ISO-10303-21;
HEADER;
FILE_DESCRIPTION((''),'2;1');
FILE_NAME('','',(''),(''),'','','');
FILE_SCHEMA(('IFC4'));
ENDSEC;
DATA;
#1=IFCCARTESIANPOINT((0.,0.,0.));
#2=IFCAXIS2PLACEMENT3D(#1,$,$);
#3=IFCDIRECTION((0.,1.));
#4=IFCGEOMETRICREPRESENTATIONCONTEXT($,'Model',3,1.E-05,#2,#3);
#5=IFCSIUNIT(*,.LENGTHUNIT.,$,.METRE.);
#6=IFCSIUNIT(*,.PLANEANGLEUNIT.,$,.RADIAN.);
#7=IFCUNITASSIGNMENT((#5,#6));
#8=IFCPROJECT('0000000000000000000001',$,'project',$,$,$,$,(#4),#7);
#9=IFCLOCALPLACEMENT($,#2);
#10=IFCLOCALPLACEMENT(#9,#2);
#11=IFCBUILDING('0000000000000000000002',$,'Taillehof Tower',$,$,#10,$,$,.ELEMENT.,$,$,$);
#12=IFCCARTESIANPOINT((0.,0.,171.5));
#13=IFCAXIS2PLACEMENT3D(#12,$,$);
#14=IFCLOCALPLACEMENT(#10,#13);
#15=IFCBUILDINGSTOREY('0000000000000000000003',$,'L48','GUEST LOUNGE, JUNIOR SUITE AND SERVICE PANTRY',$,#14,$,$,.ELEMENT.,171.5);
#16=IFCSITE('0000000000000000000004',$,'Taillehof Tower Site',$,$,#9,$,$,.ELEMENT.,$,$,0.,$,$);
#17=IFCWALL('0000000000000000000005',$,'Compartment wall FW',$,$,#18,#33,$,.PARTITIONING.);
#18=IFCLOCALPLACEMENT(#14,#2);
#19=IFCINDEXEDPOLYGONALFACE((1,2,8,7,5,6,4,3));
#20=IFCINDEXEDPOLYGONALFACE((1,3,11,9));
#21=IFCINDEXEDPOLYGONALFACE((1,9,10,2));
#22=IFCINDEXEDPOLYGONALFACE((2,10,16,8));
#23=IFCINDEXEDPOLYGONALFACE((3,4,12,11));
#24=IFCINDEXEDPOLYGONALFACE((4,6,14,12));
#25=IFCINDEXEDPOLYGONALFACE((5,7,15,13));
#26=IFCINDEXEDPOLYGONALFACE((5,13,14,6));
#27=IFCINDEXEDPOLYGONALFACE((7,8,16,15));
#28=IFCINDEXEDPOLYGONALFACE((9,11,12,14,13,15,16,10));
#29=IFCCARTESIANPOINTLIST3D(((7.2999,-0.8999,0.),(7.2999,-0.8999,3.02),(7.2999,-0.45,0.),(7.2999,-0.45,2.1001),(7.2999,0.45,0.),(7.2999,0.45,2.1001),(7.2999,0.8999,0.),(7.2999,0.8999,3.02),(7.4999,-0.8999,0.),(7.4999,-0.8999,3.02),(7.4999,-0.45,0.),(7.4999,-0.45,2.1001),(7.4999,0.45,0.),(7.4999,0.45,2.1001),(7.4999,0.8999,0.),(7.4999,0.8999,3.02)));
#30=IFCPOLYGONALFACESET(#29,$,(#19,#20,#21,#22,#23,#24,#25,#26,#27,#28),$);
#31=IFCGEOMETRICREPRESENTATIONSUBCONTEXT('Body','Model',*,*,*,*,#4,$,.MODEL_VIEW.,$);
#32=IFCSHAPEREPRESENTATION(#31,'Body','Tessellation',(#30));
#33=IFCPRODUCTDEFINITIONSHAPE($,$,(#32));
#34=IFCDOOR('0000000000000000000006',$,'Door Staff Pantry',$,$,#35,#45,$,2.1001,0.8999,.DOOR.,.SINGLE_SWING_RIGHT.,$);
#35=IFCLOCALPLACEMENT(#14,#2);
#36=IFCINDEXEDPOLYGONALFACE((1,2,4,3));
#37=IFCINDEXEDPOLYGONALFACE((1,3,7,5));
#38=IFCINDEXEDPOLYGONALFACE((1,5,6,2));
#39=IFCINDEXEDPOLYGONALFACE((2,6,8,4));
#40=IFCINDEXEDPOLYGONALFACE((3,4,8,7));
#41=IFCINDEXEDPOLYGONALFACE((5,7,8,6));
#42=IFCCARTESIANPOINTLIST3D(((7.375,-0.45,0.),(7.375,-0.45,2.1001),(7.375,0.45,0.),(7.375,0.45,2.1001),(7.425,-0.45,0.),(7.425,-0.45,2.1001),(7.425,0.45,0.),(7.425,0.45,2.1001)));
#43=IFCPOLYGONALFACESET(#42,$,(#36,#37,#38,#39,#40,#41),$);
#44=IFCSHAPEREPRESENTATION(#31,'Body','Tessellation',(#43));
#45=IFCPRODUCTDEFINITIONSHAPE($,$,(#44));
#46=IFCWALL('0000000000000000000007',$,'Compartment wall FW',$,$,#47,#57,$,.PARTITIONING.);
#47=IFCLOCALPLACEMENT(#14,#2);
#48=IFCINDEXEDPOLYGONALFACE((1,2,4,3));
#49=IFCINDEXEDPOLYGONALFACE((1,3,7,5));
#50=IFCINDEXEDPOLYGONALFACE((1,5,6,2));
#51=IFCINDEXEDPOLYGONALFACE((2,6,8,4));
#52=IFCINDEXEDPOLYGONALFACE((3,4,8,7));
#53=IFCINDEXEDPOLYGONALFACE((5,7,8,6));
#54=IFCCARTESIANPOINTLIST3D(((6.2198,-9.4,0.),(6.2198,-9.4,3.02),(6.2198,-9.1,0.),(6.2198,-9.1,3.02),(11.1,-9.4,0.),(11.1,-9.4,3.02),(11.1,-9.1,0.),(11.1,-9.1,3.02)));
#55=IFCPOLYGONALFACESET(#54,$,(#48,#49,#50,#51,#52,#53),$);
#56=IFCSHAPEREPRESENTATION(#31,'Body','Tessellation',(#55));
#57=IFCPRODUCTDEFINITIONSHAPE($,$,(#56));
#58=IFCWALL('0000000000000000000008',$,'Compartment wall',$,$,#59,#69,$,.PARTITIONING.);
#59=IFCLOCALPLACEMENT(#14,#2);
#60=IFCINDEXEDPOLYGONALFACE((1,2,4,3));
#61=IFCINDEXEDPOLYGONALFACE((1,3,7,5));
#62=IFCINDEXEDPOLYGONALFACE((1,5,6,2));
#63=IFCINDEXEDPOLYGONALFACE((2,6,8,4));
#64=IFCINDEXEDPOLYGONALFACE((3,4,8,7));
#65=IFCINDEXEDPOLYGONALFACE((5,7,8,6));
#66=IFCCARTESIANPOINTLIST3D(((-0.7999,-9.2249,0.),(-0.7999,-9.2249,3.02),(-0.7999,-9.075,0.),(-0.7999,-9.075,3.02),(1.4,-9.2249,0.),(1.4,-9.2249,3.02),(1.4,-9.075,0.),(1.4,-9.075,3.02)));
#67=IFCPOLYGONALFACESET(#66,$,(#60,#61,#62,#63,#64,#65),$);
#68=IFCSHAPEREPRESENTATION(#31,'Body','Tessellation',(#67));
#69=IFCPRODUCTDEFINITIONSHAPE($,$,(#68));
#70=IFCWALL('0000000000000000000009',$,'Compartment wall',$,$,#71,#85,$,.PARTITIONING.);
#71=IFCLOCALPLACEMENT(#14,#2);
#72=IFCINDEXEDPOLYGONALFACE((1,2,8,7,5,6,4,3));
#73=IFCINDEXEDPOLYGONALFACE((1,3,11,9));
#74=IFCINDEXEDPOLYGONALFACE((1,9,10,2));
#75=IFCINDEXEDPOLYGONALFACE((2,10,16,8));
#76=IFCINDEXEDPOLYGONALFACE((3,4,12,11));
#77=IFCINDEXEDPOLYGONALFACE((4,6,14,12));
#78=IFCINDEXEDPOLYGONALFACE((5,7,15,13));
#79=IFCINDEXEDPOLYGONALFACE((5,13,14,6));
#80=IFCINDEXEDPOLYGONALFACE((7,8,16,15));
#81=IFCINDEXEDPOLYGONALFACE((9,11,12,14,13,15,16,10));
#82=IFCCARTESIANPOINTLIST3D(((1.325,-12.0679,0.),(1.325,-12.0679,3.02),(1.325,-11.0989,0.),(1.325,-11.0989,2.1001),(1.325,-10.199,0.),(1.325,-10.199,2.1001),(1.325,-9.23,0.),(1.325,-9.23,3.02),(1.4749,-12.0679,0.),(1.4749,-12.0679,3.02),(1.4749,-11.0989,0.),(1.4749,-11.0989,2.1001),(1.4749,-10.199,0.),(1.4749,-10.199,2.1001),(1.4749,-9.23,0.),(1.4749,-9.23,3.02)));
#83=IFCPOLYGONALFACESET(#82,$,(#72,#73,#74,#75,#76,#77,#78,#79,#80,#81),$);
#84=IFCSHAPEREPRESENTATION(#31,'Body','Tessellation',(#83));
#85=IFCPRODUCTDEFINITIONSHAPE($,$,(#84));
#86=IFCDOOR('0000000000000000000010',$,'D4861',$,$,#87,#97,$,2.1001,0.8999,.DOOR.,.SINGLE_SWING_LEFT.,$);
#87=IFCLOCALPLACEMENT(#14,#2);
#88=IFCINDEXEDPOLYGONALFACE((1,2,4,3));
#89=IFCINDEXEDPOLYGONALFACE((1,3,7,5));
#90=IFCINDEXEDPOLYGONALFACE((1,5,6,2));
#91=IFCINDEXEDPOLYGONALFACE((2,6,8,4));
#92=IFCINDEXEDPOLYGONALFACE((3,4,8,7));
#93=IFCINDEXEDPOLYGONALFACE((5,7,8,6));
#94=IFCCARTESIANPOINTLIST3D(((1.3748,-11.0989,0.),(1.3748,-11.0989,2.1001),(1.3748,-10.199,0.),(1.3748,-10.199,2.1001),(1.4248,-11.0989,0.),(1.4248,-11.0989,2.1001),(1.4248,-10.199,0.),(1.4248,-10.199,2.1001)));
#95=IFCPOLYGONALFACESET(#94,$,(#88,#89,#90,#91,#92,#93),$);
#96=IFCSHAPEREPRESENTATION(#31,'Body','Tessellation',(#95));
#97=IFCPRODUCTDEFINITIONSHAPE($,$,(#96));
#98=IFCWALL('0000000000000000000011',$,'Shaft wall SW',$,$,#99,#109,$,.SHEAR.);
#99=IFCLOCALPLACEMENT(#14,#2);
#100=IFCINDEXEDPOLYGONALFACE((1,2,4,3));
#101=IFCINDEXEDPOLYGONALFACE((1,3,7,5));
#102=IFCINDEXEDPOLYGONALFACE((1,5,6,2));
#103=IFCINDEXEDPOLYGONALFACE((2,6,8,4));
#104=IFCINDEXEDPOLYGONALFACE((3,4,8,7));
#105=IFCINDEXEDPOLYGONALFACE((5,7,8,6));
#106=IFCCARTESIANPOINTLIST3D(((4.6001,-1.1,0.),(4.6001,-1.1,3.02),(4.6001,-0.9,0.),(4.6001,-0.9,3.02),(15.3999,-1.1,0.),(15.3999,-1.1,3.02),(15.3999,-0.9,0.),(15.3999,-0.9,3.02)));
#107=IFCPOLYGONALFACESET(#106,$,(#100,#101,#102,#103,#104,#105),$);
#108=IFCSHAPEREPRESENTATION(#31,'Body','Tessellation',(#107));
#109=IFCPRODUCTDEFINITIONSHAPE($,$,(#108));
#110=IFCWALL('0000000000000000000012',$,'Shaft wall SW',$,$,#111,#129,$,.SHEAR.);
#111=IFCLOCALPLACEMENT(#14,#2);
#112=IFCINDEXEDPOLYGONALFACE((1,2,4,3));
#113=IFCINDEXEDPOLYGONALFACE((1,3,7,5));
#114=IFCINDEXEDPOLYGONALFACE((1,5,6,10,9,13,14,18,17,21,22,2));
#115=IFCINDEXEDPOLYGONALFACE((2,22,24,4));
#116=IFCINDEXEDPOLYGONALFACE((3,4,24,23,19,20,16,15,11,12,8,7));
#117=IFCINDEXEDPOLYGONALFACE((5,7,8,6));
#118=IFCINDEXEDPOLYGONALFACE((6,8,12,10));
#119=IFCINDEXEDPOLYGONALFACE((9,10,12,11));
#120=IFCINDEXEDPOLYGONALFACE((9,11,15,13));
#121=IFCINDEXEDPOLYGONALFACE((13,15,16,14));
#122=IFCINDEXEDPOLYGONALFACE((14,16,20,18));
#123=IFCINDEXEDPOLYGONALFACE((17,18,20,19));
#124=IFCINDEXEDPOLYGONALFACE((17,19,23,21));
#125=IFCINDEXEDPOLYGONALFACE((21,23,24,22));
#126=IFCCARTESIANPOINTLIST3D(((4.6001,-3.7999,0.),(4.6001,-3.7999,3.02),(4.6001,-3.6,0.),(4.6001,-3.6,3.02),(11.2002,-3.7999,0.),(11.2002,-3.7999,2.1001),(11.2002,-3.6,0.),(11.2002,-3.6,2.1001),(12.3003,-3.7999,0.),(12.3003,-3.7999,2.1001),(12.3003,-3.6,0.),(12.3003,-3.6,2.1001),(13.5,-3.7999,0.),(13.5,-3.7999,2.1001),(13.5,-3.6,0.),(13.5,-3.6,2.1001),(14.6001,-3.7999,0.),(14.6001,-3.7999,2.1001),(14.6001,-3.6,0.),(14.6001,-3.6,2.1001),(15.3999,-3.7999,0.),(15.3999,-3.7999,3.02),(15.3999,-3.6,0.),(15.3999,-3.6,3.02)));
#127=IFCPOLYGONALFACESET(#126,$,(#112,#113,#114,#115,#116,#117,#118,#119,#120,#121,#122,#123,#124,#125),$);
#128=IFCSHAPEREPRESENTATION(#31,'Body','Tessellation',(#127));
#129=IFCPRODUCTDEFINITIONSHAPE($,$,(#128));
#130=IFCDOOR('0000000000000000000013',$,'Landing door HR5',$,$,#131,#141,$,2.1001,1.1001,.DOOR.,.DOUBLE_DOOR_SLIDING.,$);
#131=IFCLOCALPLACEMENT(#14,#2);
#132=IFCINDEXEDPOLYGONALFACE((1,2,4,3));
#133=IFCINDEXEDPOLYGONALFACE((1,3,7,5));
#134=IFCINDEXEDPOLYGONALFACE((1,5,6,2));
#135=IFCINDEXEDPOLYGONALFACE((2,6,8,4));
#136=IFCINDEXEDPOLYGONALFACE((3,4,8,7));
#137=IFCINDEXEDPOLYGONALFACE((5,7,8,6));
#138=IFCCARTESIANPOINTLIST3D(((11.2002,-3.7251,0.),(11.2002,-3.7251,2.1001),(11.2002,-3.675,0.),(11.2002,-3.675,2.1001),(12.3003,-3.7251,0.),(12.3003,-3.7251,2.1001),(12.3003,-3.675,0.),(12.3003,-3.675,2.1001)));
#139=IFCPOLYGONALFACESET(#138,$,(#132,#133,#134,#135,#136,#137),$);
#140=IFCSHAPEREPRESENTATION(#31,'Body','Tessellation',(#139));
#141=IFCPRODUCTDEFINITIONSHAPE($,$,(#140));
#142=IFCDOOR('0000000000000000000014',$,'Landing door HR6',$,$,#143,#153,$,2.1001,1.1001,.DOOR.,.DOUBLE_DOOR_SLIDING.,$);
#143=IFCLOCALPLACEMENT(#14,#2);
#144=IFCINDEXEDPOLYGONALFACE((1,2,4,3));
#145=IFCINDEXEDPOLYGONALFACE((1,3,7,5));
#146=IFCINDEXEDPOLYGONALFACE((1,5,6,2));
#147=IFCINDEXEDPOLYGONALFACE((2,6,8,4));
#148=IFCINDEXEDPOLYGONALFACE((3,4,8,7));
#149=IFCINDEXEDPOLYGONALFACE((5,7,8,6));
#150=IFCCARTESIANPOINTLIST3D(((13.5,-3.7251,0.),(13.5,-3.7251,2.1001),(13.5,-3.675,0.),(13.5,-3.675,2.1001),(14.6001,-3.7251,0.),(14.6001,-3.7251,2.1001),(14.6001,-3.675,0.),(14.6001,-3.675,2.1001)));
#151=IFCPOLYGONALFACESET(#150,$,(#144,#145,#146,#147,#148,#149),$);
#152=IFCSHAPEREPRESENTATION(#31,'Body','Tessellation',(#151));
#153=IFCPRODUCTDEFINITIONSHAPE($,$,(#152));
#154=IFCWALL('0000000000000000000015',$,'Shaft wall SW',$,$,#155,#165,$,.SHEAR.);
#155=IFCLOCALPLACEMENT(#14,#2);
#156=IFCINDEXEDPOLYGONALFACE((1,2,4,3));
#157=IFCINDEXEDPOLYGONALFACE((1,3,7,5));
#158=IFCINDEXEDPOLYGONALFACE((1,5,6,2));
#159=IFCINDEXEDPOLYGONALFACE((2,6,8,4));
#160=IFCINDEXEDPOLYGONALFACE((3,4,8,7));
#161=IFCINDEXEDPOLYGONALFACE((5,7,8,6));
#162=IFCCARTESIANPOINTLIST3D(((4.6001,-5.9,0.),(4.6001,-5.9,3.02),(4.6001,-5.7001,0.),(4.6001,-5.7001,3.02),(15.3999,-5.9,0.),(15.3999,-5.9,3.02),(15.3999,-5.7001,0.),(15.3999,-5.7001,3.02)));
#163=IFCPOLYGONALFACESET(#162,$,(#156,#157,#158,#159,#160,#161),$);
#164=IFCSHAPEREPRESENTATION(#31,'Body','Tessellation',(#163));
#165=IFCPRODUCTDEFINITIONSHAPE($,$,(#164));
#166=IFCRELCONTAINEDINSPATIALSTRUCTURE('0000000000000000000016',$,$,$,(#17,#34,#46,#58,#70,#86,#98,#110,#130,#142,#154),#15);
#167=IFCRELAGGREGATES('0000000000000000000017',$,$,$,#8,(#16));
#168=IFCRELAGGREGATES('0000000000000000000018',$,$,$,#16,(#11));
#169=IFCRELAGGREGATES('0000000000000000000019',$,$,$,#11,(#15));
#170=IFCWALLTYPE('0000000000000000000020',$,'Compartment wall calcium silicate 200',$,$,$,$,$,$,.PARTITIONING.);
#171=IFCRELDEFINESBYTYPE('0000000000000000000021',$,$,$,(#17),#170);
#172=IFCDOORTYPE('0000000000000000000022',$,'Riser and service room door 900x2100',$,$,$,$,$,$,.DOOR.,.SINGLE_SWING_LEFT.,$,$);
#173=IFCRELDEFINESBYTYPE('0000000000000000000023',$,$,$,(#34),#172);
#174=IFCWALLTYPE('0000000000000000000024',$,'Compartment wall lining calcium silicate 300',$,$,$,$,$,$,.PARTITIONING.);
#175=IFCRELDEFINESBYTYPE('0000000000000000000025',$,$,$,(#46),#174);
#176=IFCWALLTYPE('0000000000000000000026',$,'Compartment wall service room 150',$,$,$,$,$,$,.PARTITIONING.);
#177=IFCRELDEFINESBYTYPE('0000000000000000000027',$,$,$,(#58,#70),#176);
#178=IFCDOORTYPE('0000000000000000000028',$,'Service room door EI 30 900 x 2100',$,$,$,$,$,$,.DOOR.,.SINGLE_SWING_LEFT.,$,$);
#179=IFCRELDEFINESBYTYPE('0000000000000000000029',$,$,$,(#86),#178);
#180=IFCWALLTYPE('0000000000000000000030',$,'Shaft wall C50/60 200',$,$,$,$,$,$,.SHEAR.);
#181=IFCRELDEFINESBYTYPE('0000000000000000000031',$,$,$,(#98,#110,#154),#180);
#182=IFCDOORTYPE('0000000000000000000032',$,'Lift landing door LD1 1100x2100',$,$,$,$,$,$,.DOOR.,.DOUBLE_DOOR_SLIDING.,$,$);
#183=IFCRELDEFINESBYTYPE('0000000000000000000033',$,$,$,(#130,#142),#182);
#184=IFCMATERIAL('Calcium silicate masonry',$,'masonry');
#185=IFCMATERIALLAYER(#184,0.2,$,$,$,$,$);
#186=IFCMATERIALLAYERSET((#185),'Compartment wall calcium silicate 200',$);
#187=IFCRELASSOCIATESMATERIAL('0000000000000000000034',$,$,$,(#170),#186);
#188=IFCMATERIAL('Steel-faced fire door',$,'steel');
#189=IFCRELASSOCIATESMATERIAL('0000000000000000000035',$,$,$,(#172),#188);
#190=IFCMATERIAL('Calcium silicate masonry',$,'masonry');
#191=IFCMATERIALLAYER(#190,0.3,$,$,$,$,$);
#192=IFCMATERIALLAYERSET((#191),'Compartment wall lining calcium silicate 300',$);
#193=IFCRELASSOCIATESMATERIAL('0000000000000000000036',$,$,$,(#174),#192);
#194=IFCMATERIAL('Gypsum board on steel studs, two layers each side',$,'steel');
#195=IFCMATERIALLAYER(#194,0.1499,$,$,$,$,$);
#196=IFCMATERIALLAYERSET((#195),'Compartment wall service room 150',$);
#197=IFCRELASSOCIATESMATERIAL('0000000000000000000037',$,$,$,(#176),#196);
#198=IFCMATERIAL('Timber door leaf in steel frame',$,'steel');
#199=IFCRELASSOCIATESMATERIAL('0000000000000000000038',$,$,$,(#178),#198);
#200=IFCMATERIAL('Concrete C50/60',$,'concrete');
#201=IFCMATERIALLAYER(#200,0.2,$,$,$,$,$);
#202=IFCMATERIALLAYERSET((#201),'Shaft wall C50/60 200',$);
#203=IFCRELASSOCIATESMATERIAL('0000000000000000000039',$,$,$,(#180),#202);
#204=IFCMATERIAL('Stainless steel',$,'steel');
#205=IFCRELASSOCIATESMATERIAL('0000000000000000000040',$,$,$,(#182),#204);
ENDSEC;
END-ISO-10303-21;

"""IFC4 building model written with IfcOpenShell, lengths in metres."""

from ifc_helpers import new_model, si_unit, direction, frame, frame_2d, origin, place, context, subcontext, project, spatial, rectangle, extrude, material, layer, layer_set, type_object, element, fill, save


model = new_model("IFC4")

# Units and contexts
model_context = context("Model", 3, precision=1e-05, world=origin(), true_north=direction((0.0, 1.0)))
body_context = subcontext(model_context, "Body", "Model", "MODEL_VIEW")
ifc_project = project(units=[si_unit("LENGTHUNIT", "METRE"), si_unit("PLANEANGLEUNIT", "RADIAN")], contexts=[model_context])

# Site, building, storey
site_placement = place(None, origin())
site = spatial("IfcSite", under=ifc_project, at=site_placement, Name="Taillehof Tower Site", CompositionType="ELEMENT", RefElevation=0.0)
building_placement = place(site_placement, origin())
building = spatial("IfcBuilding", under=site, at=building_placement, Name="Taillehof Tower", CompositionType="ELEMENT")
storey_placement = place(building_placement, frame((0.0, 0.0, 171.5)))
storey = spatial("IfcBuildingStorey", under=building, at=storey_placement, Name="L48", Description="GUEST LOUNGE, JUNIOR SUITE AND SERVICE PANTRY", CompositionType="ELEMENT", Elevation=171.5)

# Wall, opening, door
ifc_material_1 = material(Name="Calcium silicate masonry", Category="masonry")
ifc_layer_1 = layer(ifc_material_1, 0.2)
ifc_layer_set_1 = layer_set([ifc_layer_1], Name="Compartment wall calcium silicate 200")
wall_type_1 = type_object("IfcWallType", Name="Compartment wall calcium silicate 200", PredefinedType="PARTITIONING", material=ifc_layer_set_1)
wall_1_placement = place(storey_placement, frame((7.3999, -0.8999, 0.0), z_axis=(0.0, 0.0, 1.0), x_axis=(0.0, 1.0, 0.0)))
wall_1 = element("IfcWall", 1, at=wall_1_placement, inside=storey, type_object=wall_type_1, Name="Compartment wall FW", PredefinedType="PARTITIONING", context=body_context, shape_type="SweptSolid", body=[
    extrude(rectangle(XDim=1.7998, YDim=0.2, at=frame_2d((0.8999, 0.0))), origin(), (0.0, 0.0, 1.0), 3.02),
])
opening_1_placement = place(wall_1_placement, frame((0.45, 0.0, 0.0)))
opening_1 = element("IfcOpeningElement", 2, at=opening_1_placement, cuts=wall_1, PredefinedType="OPENING", context=body_context, shape_type="SweptSolid", body=[
    extrude(rectangle(XDim=0.8999, YDim=2.1001, at=frame_2d((0.45, 1.05))), frame((0.0, 0.1099, 0.0), z_axis=(0.0, -1.0, 0.0), x_axis=(1.0, 0.0, 0.0)), (0.0, 0.0, 1.0), 0.22),
])
ifc_material_2 = material(Name="Steel-faced fire door", Category="steel")
door_type_1 = type_object("IfcDoorType", Name="Riser and service room door 900x2100", OperationType="SINGLE_SWING_LEFT", PredefinedType="DOOR", material=ifc_material_2)
door_1_placement = place(opening_1_placement, origin())
door_1 = element("IfcDoor", 3, at=door_1_placement, inside=storey, type_object=door_type_1, Name="Door Staff Pantry", OperationType="SINGLE_SWING_RIGHT", OverallHeight=2.1001, OverallWidth=0.8999, PredefinedType="DOOR", context=body_context, shape_type="SweptSolid", body=[
    extrude(rectangle(XDim=0.8999, YDim=2.1001, at=frame_2d((0.45, 1.05))), frame((0.0, 0.0249, 0.0), z_axis=(0.0, -1.0, 0.0), x_axis=(1.0, 0.0, 0.0)), (0.0, 0.0, 1.0), 0.05),
])
fill(opening_1, door_1)

# Walls
ifc_material_3 = material(Name="Calcium silicate masonry", Category="masonry")
ifc_layer_2 = layer(ifc_material_3, 0.3)
ifc_layer_set_2 = layer_set([ifc_layer_2], Name="Compartment wall lining calcium silicate 300")
wall_type_2 = type_object("IfcWallType", Name="Compartment wall lining calcium silicate 300", PredefinedType="PARTITIONING", material=ifc_layer_set_2)
wall_2_placement = place(storey_placement, frame((6.22, -9.25, 0.0), z_axis=(0.0, 0.0, 1.0), x_axis=(1.0, 0.0, 0.0)))
element("IfcWall", 4, at=wall_2_placement, inside=storey, type_object=wall_type_2, Name="Compartment wall FW", PredefinedType="PARTITIONING", context=body_context, shape_type="SweptSolid", body=[
    extrude(rectangle(XDim=4.8801, YDim=0.3, at=frame_2d((2.4399, 0.0))), origin(), (0.0, 0.0, 1.0), 3.02),
])
ifc_material_4 = material(Name="Gypsum board on steel studs, two layers each side", Category="steel")
ifc_layer_3 = layer(ifc_material_4, 0.1499)
ifc_layer_set_3 = layer_set([ifc_layer_3], Name="Compartment wall service room 150")
wall_type_3 = type_object("IfcWallType", Name="Compartment wall service room 150", PredefinedType="PARTITIONING", material=ifc_layer_set_3)
wall_3_placement = place(storey_placement, frame((-0.8, -9.1499, 0.0), z_axis=(0.0, 0.0, 1.0), x_axis=(1.0, 0.0, 0.0)))
element("IfcWall", 5, at=wall_3_placement, inside=storey, type_object=wall_type_3, Name="Compartment wall", PredefinedType="PARTITIONING", context=body_context, shape_type="SweptSolid", body=[
    extrude(rectangle(XDim=2.2, YDim=0.1499, at=frame_2d((1.1001, 0.0))), origin(), (0.0, 0.0, 1.0), 3.02),
])

# Wall, opening, door
wall_4_placement = place(storey_placement, frame((1.3999, -9.23, 0.0), z_axis=(0.0, 0.0, 1.0), x_axis=(0.0, -1.0, 0.0)))
wall_4 = element("IfcWall", 6, at=wall_4_placement, inside=storey, type_object=wall_type_3, Name="Compartment wall", PredefinedType="PARTITIONING", context=body_context, shape_type="SweptSolid", body=[
    extrude(rectangle(XDim=2.8379, YDim=0.1499, at=frame_2d((1.4189, 0.0))), origin(), (0.0, 0.0, 1.0), 3.02),
])
opening_2_placement = place(wall_4_placement, frame((0.969, 0.0, 0.0)))
opening_2 = element("IfcOpeningElement", 7, at=opening_2_placement, cuts=wall_4, PredefinedType="OPENING", context=body_context, shape_type="SweptSolid", body=[
    extrude(rectangle(XDim=0.8999, YDim=2.1001, at=frame_2d((0.45, 1.05))), frame((0.0, 0.085, 0.0), z_axis=(0.0, -1.0, 0.0), x_axis=(1.0, 0.0, 0.0)), (0.0, 0.0, 1.0), 0.1699),
])
ifc_material_5 = material(Name="Timber door leaf in steel frame", Category="steel")
door_type_2 = type_object("IfcDoorType", Name="Service room door EI 30 900 x 2100", OperationType="SINGLE_SWING_LEFT", PredefinedType="DOOR", material=ifc_material_5)
door_2_placement = place(opening_2_placement, origin())
door_2 = element("IfcDoor", 8, at=door_2_placement, inside=storey, type_object=door_type_2, Name="D4861", OperationType="SINGLE_SWING_LEFT", OverallHeight=2.1001, OverallWidth=0.8999, PredefinedType="DOOR", context=body_context, shape_type="SweptSolid", body=[
    extrude(rectangle(XDim=0.8999, YDim=2.1001, at=frame_2d((0.45, 1.05))), frame((0.0, 0.0249, 0.0), z_axis=(0.0, -1.0, 0.0), x_axis=(1.0, 0.0, 0.0)), (0.0, 0.0, 1.0), 0.05),
])
fill(opening_2, door_2)

# Wall
ifc_material_6 = material(Name="Concrete C50/60", Category="concrete")
ifc_layer_4 = layer(ifc_material_6, 0.2)
ifc_layer_set_4 = layer_set([ifc_layer_4], Name="Shaft wall C50/60 200")
wall_type_4 = type_object("IfcWallType", Name="Shaft wall C50/60 200", PredefinedType="SHEAR", material=ifc_layer_set_4)
wall_5_placement = place(storey_placement, frame((4.6001, -1.0, 0.0), z_axis=(0.0, 0.0, 1.0), x_axis=(1.0, 0.0, 0.0)))
element("IfcWall", 9, at=wall_5_placement, inside=storey, type_object=wall_type_4, Name="Shaft wall SW", PredefinedType="SHEAR", context=body_context, shape_type="SweptSolid", body=[
    extrude(rectangle(XDim=10.7998, YDim=0.2, at=frame_2d((5.3999, 0.0))), origin(), (0.0, 0.0, 1.0), 3.02),
])

# Wall, openings, doors
wall_6_placement = place(storey_placement, frame((4.6001, -3.7, 0.0), z_axis=(0.0, 0.0, 1.0), x_axis=(1.0, 0.0, 0.0)))
wall_6 = element("IfcWall", 10, at=wall_6_placement, inside=storey, type_object=wall_type_4, Name="Shaft wall SW", PredefinedType="SHEAR", context=body_context, shape_type="SweptSolid", body=[
    extrude(rectangle(XDim=10.7998, YDim=0.2, at=frame_2d((5.3999, 0.0))), origin(), (0.0, 0.0, 1.0), 3.02),
])
opening_3_placement = place(wall_6_placement, frame((6.6001, 0.0, 0.0)))
opening_3 = element("IfcOpeningElement", 11, at=opening_3_placement, cuts=wall_6, PredefinedType="OPENING", context=body_context, shape_type="SweptSolid", body=[
    extrude(rectangle(XDim=1.1001, YDim=2.1001, at=frame_2d((0.55, 1.05))), frame((0.0, 0.1099, 0.0), z_axis=(0.0, -1.0, 0.0), x_axis=(1.0, 0.0, 0.0)), (0.0, 0.0, 1.0), 0.22),
])
opening_4_placement = place(wall_6_placement, frame((8.8999, 0.0, 0.0)))
opening_4 = element("IfcOpeningElement", 12, at=opening_4_placement, cuts=wall_6, PredefinedType="OPENING", context=body_context, shape_type="SweptSolid", body=[
    extrude(rectangle(XDim=1.1001, YDim=2.1001, at=frame_2d((0.55, 1.05))), frame((0.0, 0.1099, 0.0), z_axis=(0.0, -1.0, 0.0), x_axis=(1.0, 0.0, 0.0)), (0.0, 0.0, 1.0), 0.22),
])
ifc_material_7 = material(Name="Stainless steel", Category="steel")
door_type_3 = type_object("IfcDoorType", Name="Lift landing door LD1 1100x2100", OperationType="DOUBLE_DOOR_SLIDING", PredefinedType="DOOR", material=ifc_material_7)
door_3_placement = place(opening_3_placement, origin())
door_3 = element("IfcDoor", 13, at=door_3_placement, inside=storey, type_object=door_type_3, Name="Landing door HR5", OperationType="DOUBLE_DOOR_SLIDING", OverallHeight=2.1001, OverallWidth=1.1001, PredefinedType="DOOR", context=body_context, shape_type="SweptSolid", body=[
    extrude(rectangle(XDim=1.1001, YDim=2.1001, at=frame_2d((0.55, 1.05))), frame((0.0, 0.0249, 0.0), z_axis=(0.0, -1.0, 0.0), x_axis=(1.0, 0.0, 0.0)), (0.0, 0.0, 1.0), 0.05),
])
fill(opening_3, door_3)
door_4_placement = place(opening_4_placement, origin())
door_4 = element("IfcDoor", 14, at=door_4_placement, inside=storey, type_object=door_type_3, Name="Landing door HR6", OperationType="DOUBLE_DOOR_SLIDING", OverallHeight=2.1001, OverallWidth=1.1001, PredefinedType="DOOR", context=body_context, shape_type="SweptSolid", body=[
    extrude(rectangle(XDim=1.1001, YDim=2.1001, at=frame_2d((0.55, 1.05))), frame((0.0, 0.0249, 0.0), z_axis=(0.0, -1.0, 0.0), x_axis=(1.0, 0.0, 0.0)), (0.0, 0.0, 1.0), 0.05),
])
fill(opening_4, door_4)

# Wall
wall_7_placement = place(storey_placement, frame((4.6001, -5.8, 0.0), z_axis=(0.0, 0.0, 1.0), x_axis=(1.0, 0.0, 0.0)))
element("IfcWall", 15, at=wall_7_placement, inside=storey, type_object=wall_type_4, Name="Shaft wall SW", PredefinedType="SHEAR", context=body_context, shape_type="SweptSolid", body=[
    extrude(rectangle(XDim=10.7998, YDim=0.2, at=frame_2d((5.3999, 0.0))), origin(), (0.0, 0.0, 1.0), 3.02),
])

save(model, "model.ifc")
